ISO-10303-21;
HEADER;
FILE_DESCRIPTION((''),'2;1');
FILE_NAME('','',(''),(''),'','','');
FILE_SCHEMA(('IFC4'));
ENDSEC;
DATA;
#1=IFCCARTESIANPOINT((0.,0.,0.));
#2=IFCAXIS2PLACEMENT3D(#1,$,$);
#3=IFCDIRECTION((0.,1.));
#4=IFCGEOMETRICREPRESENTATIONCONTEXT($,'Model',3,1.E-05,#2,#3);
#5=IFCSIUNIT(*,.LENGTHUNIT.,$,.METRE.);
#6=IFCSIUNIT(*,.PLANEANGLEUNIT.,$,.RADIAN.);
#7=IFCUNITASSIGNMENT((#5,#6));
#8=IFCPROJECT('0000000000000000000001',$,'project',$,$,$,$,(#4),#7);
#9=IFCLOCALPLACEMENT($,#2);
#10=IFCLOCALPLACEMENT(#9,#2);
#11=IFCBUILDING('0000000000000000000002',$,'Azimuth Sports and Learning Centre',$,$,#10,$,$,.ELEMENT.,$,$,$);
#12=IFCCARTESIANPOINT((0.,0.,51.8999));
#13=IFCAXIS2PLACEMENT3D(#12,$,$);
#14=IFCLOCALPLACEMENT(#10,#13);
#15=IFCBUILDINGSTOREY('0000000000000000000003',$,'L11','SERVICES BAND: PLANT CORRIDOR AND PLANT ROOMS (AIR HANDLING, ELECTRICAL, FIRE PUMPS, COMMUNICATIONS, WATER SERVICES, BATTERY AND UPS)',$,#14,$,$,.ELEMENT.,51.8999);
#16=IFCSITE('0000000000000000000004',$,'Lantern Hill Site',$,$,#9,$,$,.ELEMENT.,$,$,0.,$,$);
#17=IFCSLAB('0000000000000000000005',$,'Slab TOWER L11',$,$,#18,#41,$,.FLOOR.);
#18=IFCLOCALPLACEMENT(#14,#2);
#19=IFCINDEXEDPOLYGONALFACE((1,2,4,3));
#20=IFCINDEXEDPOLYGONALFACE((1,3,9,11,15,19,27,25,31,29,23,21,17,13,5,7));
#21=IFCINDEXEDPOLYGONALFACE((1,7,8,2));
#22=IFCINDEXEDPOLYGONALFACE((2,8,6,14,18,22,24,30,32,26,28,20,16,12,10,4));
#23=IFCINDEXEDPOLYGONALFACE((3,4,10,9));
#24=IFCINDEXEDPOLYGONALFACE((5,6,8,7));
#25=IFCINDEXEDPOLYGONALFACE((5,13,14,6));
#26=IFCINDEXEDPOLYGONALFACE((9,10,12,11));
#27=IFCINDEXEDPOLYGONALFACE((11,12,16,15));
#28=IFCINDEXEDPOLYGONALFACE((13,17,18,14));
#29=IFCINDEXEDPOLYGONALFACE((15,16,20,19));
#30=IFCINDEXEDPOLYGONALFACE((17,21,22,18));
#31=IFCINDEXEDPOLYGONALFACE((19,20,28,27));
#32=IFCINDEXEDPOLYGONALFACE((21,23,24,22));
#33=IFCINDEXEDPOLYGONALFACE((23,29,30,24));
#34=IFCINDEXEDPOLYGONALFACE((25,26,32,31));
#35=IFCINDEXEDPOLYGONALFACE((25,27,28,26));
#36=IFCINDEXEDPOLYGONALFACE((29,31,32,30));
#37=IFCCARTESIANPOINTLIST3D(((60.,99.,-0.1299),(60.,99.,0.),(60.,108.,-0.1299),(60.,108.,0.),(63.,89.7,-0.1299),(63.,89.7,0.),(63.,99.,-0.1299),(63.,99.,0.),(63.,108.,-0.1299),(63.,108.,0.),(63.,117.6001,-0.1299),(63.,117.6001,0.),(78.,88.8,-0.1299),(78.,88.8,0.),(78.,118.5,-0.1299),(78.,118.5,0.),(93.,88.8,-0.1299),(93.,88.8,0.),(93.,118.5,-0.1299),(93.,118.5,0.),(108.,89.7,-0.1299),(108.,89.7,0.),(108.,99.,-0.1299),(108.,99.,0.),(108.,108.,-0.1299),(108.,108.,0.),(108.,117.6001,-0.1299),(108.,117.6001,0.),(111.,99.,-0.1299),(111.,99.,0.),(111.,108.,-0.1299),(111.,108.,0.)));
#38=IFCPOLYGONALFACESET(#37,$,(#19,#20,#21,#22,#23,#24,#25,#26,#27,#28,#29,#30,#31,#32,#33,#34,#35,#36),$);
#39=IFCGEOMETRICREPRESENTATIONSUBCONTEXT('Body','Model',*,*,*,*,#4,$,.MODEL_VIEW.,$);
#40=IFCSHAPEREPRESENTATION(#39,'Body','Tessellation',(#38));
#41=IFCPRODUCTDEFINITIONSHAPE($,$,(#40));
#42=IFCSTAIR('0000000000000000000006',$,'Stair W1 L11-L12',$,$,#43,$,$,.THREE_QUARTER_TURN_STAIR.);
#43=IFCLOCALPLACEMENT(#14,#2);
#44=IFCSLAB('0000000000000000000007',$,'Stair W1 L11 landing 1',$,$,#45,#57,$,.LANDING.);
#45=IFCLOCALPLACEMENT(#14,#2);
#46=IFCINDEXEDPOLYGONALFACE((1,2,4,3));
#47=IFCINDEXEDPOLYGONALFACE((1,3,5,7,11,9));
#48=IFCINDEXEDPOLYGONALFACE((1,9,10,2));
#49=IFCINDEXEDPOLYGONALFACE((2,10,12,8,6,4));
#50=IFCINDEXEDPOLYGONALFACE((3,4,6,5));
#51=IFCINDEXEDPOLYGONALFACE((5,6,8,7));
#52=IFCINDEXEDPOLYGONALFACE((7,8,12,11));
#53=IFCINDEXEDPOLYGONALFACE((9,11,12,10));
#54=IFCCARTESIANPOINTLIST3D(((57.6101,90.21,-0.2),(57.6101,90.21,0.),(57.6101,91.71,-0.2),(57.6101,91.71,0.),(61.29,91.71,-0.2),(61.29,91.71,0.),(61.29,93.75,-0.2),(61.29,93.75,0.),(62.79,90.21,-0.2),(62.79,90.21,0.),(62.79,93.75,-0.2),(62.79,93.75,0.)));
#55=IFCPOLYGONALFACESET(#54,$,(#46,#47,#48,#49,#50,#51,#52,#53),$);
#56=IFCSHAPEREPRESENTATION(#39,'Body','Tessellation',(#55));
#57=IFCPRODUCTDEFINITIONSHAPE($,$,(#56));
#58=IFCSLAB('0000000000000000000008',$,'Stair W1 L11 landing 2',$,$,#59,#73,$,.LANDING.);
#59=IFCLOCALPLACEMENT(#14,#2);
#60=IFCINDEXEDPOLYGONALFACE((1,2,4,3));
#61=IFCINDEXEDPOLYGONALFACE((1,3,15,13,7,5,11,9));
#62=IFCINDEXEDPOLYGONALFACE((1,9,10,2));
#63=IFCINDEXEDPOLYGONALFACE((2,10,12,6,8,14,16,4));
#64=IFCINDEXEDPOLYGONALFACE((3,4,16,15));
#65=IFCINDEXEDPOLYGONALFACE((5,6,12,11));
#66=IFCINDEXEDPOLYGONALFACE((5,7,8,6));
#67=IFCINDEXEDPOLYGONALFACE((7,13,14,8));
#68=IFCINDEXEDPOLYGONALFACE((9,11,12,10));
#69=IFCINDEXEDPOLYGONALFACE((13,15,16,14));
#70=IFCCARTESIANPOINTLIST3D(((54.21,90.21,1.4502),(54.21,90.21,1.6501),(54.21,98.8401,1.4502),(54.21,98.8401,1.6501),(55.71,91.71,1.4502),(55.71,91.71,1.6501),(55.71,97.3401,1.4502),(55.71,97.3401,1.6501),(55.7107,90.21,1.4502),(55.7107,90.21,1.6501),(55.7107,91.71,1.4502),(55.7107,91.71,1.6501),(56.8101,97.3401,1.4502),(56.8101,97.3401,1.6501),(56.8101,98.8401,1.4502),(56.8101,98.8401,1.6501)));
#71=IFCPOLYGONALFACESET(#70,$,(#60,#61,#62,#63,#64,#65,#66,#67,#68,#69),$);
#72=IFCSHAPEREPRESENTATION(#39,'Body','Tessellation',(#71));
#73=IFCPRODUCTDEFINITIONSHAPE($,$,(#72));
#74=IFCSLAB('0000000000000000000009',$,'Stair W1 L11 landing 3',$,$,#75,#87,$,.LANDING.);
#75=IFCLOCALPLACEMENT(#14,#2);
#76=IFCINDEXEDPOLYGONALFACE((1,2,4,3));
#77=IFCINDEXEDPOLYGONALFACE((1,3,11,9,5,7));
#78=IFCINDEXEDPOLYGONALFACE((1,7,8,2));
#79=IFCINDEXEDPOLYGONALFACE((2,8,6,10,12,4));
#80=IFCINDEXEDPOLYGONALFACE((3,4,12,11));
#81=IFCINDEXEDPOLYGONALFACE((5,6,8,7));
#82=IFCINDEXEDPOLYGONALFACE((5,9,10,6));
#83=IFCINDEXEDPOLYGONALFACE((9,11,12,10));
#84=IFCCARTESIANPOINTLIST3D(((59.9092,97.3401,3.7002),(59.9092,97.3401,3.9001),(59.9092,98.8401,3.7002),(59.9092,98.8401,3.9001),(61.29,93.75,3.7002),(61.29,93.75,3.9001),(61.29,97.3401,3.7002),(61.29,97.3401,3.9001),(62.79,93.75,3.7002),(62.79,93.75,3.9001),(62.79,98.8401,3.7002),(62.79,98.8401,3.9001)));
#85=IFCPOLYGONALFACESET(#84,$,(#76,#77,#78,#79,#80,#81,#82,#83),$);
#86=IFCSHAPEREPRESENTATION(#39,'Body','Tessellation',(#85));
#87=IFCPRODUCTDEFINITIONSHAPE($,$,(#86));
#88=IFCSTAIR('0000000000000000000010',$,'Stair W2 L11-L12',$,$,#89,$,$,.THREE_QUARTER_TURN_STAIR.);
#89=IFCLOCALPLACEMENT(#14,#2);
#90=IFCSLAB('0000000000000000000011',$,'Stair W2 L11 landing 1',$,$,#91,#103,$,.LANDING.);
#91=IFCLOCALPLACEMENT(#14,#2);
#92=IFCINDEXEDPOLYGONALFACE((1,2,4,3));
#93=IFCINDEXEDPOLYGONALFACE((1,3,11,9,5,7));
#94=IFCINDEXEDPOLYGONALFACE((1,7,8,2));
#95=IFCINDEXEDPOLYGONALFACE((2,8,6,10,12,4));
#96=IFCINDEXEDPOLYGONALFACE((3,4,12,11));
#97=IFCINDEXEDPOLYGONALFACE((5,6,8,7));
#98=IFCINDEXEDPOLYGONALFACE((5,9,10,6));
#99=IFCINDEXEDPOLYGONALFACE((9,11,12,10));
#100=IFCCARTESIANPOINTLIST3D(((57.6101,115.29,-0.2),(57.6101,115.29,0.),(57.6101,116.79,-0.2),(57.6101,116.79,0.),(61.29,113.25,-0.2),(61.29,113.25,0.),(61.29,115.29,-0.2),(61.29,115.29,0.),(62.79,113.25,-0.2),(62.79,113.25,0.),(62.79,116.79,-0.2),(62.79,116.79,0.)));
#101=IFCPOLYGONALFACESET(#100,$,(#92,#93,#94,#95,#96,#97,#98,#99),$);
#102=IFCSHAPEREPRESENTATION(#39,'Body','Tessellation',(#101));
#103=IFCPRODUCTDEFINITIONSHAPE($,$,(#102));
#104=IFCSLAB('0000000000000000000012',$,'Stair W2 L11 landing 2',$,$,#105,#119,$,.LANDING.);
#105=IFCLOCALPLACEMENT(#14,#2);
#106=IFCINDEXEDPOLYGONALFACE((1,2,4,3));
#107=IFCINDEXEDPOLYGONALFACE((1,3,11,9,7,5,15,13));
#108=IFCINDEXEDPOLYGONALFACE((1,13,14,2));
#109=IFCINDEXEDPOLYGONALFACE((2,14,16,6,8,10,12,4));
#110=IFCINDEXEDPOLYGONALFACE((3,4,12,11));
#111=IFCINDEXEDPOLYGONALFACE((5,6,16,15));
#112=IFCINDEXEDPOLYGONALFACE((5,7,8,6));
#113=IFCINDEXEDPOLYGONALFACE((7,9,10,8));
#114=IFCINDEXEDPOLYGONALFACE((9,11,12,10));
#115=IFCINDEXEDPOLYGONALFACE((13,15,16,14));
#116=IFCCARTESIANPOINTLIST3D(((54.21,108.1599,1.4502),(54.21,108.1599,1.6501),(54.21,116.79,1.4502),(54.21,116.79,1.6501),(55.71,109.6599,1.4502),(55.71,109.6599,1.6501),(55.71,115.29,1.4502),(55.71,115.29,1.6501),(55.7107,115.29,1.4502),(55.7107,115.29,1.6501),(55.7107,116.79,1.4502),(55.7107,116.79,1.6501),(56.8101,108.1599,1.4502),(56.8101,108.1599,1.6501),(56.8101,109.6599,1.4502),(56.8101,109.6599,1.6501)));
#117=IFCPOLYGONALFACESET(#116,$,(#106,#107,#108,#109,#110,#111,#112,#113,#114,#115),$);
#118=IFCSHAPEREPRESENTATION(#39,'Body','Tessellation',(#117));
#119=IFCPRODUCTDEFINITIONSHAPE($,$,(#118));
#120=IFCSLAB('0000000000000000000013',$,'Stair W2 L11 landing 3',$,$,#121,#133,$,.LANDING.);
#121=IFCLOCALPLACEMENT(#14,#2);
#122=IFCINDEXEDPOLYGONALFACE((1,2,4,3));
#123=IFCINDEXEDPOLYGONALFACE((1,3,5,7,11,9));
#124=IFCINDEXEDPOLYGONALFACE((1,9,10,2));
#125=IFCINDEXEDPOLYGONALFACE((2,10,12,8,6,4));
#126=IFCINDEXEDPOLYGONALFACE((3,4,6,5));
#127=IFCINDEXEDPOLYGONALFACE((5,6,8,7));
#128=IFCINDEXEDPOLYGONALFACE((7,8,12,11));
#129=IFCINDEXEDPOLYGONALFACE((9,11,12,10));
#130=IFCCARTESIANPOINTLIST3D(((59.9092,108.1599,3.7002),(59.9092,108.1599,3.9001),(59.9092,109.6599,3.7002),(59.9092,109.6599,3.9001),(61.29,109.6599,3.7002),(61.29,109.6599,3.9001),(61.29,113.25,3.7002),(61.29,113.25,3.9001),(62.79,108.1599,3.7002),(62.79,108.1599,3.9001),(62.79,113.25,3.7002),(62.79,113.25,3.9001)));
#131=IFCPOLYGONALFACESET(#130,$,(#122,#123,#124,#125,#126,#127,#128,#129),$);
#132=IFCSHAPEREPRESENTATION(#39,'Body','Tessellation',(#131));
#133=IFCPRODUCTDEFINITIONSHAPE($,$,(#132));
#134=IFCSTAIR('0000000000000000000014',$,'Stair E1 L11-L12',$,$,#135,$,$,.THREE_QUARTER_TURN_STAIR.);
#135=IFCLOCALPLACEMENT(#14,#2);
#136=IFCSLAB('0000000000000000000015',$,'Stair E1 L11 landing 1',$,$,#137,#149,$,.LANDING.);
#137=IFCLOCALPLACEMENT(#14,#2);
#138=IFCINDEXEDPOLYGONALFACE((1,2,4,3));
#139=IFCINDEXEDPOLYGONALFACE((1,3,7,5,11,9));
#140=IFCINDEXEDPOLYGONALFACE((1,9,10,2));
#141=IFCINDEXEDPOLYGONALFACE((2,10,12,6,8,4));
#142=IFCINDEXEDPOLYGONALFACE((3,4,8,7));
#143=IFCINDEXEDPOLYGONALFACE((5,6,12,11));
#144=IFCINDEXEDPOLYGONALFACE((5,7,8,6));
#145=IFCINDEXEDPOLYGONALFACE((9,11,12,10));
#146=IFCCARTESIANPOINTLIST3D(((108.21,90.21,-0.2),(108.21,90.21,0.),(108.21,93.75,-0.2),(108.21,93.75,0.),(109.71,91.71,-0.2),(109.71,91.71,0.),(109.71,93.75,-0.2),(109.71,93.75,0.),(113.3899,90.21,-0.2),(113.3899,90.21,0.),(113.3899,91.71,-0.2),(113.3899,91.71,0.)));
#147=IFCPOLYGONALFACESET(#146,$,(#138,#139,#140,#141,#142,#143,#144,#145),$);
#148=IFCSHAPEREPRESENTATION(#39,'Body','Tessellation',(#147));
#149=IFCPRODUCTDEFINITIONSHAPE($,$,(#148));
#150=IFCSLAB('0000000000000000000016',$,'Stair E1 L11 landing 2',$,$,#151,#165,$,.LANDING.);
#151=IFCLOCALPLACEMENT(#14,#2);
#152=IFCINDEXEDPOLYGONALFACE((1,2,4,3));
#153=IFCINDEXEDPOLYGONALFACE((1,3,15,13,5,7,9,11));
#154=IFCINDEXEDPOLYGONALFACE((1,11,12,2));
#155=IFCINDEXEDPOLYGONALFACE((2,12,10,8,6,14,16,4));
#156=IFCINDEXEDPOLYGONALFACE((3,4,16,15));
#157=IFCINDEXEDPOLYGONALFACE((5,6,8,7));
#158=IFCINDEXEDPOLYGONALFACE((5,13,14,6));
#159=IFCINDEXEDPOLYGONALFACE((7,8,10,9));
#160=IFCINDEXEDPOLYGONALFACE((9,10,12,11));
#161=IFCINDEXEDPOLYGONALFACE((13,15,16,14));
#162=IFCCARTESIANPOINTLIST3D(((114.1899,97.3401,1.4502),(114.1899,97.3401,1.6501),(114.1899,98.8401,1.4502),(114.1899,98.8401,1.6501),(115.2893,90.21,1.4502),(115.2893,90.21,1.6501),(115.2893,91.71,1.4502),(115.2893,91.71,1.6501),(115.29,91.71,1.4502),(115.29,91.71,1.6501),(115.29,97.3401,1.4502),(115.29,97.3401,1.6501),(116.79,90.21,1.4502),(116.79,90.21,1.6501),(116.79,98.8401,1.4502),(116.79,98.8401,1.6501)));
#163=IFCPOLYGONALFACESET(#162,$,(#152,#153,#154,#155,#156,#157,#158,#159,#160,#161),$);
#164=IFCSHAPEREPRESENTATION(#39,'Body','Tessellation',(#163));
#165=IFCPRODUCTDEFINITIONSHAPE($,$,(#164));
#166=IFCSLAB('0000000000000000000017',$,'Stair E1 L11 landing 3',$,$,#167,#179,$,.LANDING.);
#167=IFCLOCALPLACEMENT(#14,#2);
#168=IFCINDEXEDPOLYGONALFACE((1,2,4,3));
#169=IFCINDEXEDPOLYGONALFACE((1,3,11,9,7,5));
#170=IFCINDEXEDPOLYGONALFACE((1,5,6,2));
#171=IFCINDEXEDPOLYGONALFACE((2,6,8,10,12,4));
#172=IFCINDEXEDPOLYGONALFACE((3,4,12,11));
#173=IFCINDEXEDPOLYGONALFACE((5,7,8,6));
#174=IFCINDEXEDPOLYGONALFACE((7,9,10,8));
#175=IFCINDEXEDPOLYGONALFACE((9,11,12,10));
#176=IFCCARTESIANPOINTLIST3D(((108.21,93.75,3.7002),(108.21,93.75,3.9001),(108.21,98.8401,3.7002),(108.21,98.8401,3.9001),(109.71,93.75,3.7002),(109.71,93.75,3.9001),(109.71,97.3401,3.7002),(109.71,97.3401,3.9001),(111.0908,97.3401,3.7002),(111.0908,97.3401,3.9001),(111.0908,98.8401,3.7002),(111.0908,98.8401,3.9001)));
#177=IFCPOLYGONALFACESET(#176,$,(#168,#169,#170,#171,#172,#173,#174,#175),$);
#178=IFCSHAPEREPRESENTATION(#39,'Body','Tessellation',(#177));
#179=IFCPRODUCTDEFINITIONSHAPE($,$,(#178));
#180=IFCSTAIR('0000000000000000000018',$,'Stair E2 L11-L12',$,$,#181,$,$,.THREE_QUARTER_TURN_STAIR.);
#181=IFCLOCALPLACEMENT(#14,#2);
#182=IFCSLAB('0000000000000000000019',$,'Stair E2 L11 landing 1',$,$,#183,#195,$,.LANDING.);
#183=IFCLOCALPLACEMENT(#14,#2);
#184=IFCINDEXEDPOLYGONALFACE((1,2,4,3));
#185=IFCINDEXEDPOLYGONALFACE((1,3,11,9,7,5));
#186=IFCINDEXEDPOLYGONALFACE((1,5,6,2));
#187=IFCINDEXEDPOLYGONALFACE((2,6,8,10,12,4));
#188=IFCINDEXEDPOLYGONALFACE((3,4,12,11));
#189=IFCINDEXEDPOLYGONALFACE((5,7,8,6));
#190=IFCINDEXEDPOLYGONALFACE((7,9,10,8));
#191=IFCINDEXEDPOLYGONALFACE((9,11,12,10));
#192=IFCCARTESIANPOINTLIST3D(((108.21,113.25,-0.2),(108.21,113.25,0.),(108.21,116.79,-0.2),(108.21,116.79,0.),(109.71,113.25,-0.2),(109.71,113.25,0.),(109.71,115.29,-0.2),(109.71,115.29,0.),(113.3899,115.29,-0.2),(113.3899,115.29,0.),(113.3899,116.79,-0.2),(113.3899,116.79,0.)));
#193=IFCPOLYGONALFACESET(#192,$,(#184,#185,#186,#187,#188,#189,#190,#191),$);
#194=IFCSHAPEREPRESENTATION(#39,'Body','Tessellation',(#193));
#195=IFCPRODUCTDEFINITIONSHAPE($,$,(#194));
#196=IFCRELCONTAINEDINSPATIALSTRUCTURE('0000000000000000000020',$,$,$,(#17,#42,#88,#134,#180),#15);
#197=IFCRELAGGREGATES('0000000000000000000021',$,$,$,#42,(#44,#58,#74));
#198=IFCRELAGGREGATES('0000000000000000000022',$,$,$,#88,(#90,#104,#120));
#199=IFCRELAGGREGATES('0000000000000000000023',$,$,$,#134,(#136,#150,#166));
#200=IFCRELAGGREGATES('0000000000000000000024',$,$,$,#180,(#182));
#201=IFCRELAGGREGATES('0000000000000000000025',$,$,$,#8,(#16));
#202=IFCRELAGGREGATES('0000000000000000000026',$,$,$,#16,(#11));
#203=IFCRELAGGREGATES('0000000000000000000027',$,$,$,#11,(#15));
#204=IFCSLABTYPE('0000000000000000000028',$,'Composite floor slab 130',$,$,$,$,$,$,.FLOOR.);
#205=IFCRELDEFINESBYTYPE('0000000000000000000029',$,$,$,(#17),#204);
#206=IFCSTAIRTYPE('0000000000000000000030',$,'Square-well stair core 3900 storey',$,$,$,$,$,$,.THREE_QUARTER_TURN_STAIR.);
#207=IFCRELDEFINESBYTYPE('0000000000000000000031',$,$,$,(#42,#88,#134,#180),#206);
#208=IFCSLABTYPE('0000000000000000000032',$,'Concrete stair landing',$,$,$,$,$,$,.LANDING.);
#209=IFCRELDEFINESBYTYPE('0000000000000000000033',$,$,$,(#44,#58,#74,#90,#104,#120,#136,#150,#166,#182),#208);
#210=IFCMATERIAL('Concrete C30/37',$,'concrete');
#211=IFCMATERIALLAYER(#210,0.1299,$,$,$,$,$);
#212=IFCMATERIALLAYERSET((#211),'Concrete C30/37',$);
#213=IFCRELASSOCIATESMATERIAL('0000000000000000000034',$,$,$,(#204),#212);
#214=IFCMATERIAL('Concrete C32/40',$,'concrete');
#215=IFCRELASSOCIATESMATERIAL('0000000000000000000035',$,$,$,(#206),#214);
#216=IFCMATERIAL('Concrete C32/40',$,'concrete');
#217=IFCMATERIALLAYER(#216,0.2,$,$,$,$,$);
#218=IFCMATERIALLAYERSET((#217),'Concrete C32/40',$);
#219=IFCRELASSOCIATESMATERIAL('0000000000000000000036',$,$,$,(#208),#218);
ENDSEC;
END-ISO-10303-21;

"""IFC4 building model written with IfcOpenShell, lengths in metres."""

from ifc_helpers import new_model, si_unit, direction, frame, origin, place, context, subcontext, project, spatial, polyline, outline, extrude, material, layer, layer_set, type_object, element, aggregate, save


model = new_model("IFC4")

# Units and contexts
model_context = context("Model", 3, precision=1e-05, world=origin(), true_north=direction((0.0, 1.0)))
body_context = subcontext(model_context, "Body", "Model", "MODEL_VIEW")
ifc_project = project(units=[si_unit("LENGTHUNIT", "METRE"), si_unit("PLANEANGLEUNIT", "RADIAN")], contexts=[model_context])

# Site, building, storey
site_placement = place(None, origin())
site = spatial("IfcSite", under=ifc_project, at=site_placement, Name="Lantern Hill Site", CompositionType="ELEMENT", RefElevation=0.0)
building_placement = place(site_placement, origin())
building = spatial("IfcBuilding", under=site, at=building_placement, Name="Azimuth Sports and Learning Centre", CompositionType="ELEMENT")
storey_placement = place(building_placement, frame((0.0, 0.0, 51.8999)))
storey = spatial("IfcBuildingStorey", under=building, at=storey_placement, Name="L11", Description="SERVICES BAND: PLANT CORRIDOR AND PLANT ROOMS (AIR HANDLING, ELECTRICAL, FIRE PUMPS, COMMUNICATIONS, WATER SERVICES, BATTERY AND UPS)", CompositionType="ELEMENT", Elevation=51.8999)

# Slab
ifc_material_1 = material(Name="Concrete C30/37", Category="concrete")
ifc_layer_1 = layer(ifc_material_1, 0.1299)
ifc_layer_set_1 = layer_set([ifc_layer_1], Name="Concrete C30/37")
slab_type_1 = type_object("IfcSlabType", Name="Composite floor slab 130", PredefinedType="FLOOR", material=ifc_layer_set_1)
slab_1_placement = place(storey_placement, frame((0.0, 0.0, -0.1299)))
element("IfcSlab", 1, at=slab_1_placement, inside=storey, type_object=slab_type_1, Name="Slab TOWER L11", PredefinedType="FLOOR", context=body_context, shape_type="SweptSolid", body=[
    extrude(outline(polyline([(78.0, 88.8), (93.0, 88.8), (108.0, 89.7), (108.0, 99.0), (111.0, 99.0), (111.0, 108.0), (108.0, 108.0), (108.0, 117.6001), (93.0, 118.5), (78.0, 118.5), (63.0, 117.6001), (63.0, 108.0), (60.0, 108.0), (60.0, 99.0), (63.0, 99.0), (63.0, 89.7), (78.0, 88.8)])), origin(), (0.0, 0.0, 1.0), 0.1299),
])

# Stairs, slabs
ifc_material_2 = material(Name="Concrete C32/40", Category="concrete")
stair_type = type_object("IfcStairType", Name="Square-well stair core 3900 storey", PredefinedType="THREE_QUARTER_TURN_STAIR", material=ifc_material_2)
stair_1_placement = place(storey_placement, origin())
stair_1 = element("IfcStair", 2, at=stair_1_placement, inside=storey, type_object=stair_type, Name="Stair W1 L11-L12", PredefinedType="THREE_QUARTER_TURN_STAIR")
ifc_material_3 = material(Name="Concrete C32/40", Category="concrete")
ifc_layer_2 = layer(ifc_material_3, 0.2)
ifc_layer_set_2 = layer_set([ifc_layer_2], Name="Concrete C32/40")
slab_type_2 = type_object("IfcSlabType", Name="Concrete stair landing", PredefinedType="LANDING", material=ifc_layer_set_2)
slab_2_placement = place(storey_placement, frame((0.0, 0.0, -0.2)))
slab_2 = element("IfcSlab", 3, at=slab_2_placement, type_object=slab_type_2, Name="Stair W1 L11 landing 1", PredefinedType="LANDING", context=body_context, shape_type="SweptSolid", body=[
    extrude(outline(polyline([(62.79, 90.21), (62.79, 93.75), (61.29, 93.75), (61.29, 91.71), (57.6101, 91.71), (57.6101, 90.21), (62.79, 90.21)])), origin(), (0.0, 0.0, 1.0), 0.2),
])
slab_3_placement = place(storey_placement, frame((0.0, 0.0, 1.4502)))
slab_3 = element("IfcSlab", 4, at=slab_3_placement, type_object=slab_type_2, Name="Stair W1 L11 landing 2", PredefinedType="LANDING", context=body_context, shape_type="SweptSolid", body=[
    extrude(outline(polyline([(55.71, 91.71), (55.71, 97.3401), (56.8101, 97.3401), (56.8101, 98.8401), (54.21, 98.8401), (54.21, 90.21), (55.7107, 90.21), (55.7107, 91.71), (55.71, 91.71)])), origin(), (0.0, 0.0, 1.0), 0.2),
])
slab_4_placement = place(storey_placement, frame((0.0, 0.0, 3.7002)))
slab_4 = element("IfcSlab", 5, at=slab_4_placement, type_object=slab_type_2, Name="Stair W1 L11 landing 3", PredefinedType="LANDING", context=body_context, shape_type="SweptSolid", body=[
    extrude(outline(polyline([(61.29, 97.3401), (61.29, 93.75), (62.79, 93.75), (62.79, 98.8401), (59.9092, 98.8401), (59.9092, 97.3401), (61.29, 97.3401)])), origin(), (0.0, 0.0, 1.0), 0.2),
])
aggregate(stair_1, [slab_2, slab_3, slab_4])
stair_2_placement = place(storey_placement, origin())
stair_2 = element("IfcStair", 6, at=stair_2_placement, inside=storey, type_object=stair_type, Name="Stair W2 L11-L12", PredefinedType="THREE_QUARTER_TURN_STAIR")
slab_5_placement = place(storey_placement, frame((0.0, 0.0, -0.2)))
slab_5 = element("IfcSlab", 7, at=slab_5_placement, type_object=slab_type_2, Name="Stair W2 L11 landing 1", PredefinedType="LANDING", context=body_context, shape_type="SweptSolid", body=[
    extrude(outline(polyline([(57.6101, 115.29), (61.29, 115.29), (61.29, 113.25), (62.79, 113.25), (62.79, 116.79), (57.6101, 116.79), (57.6101, 115.29)])), origin(), (0.0, 0.0, 1.0), 0.2),
])
slab_6_placement = place(storey_placement, frame((0.0, 0.0, 1.4502)))
slab_6 = element("IfcSlab", 8, at=slab_6_placement, type_object=slab_type_2, Name="Stair W2 L11 landing 2", PredefinedType="LANDING", context=body_context, shape_type="SweptSolid", body=[
    extrude(outline(polyline([(55.71, 115.29), (55.7107, 115.29), (55.7107, 116.79), (54.21, 116.79), (54.21, 108.1599), (56.8101, 108.1599), (56.8101, 109.6599), (55.71, 109.6599), (55.71, 115.29)])), origin(), (0.0, 0.0, 1.0), 0.2),
])
slab_7_placement = place(storey_placement, frame((0.0, 0.0, 3.7002)))
slab_7 = element("IfcSlab", 9, at=slab_7_placement, type_object=slab_type_2, Name="Stair W2 L11 landing 3", PredefinedType="LANDING", context=body_context, shape_type="SweptSolid", body=[
    extrude(outline(polyline([(61.29, 109.6599), (59.9092, 109.6599), (59.9092, 108.1599), (62.79, 108.1599), (62.79, 113.25), (61.29, 113.25), (61.29, 109.6599)])), origin(), (0.0, 0.0, 1.0), 0.2),
])
aggregate(stair_2, [slab_5, slab_6, slab_7])
stair_3_placement = place(storey_placement, origin())
stair_3 = element("IfcStair", 10, at=stair_3_placement, inside=storey, type_object=stair_type, Name="Stair E1 L11-L12", PredefinedType="THREE_QUARTER_TURN_STAIR")
slab_8_placement = place(storey_placement, frame((0.0, 0.0, -0.2)))
slab_8 = element("IfcSlab", 11, at=slab_8_placement, type_object=slab_type_2, Name="Stair E1 L11 landing 1", PredefinedType="LANDING", context=body_context, shape_type="SweptSolid", body=[
    extrude(outline(polyline([(113.3899, 91.71), (109.71, 91.71), (109.71, 93.75), (108.21, 93.75), (108.21, 90.21), (113.3899, 90.21), (113.3899, 91.71)])), origin(), (0.0, 0.0, 1.0), 0.2),
])
slab_9_placement = place(storey_placement, frame((0.0, 0.0, 1.4502)))
slab_9 = element("IfcSlab", 12, at=slab_9_placement, type_object=slab_type_2, Name="Stair E1 L11 landing 2", PredefinedType="LANDING", context=body_context, shape_type="SweptSolid", body=[
    extrude(outline(polyline([(115.29, 91.71), (115.2893, 91.71), (115.2893, 90.21), (116.79, 90.21), (116.79, 98.8401), (114.1899, 98.8401), (114.1899, 97.3401), (115.29, 97.3401), (115.29, 91.71)])), origin(), (0.0, 0.0, 1.0), 0.2),
])
slab_10_placement = place(storey_placement, frame((0.0, 0.0, 3.7002)))
slab_10 = element("IfcSlab", 13, at=slab_10_placement, type_object=slab_type_2, Name="Stair E1 L11 landing 3", PredefinedType="LANDING", context=body_context, shape_type="SweptSolid", body=[
    extrude(outline(polyline([(109.71, 97.3401), (111.0908, 97.3401), (111.0908, 98.8401), (108.21, 98.8401), (108.21, 93.75), (109.71, 93.75), (109.71, 97.3401)])), origin(), (0.0, 0.0, 1.0), 0.2),
])
aggregate(stair_3, [slab_8, slab_9, slab_10])

# Stair, slab
stair_4_placement = place(storey_placement, origin())
stair_4 = element("IfcStair", 14, at=stair_4_placement, inside=storey, type_object=stair_type, Name="Stair E2 L11-L12", PredefinedType="THREE_QUARTER_TURN_STAIR")
slab_11_placement = place(storey_placement, frame((0.0, 0.0, -0.2)))
slab_11 = element("IfcSlab", 15, at=slab_11_placement, type_object=slab_type_2, Name="Stair E2 L11 landing 1", PredefinedType="LANDING", context=body_context, shape_type="SweptSolid", body=[
    extrude(outline(polyline([(108.21, 116.79), (108.21, 113.25), (109.71, 113.25), (109.71, 115.29), (113.3899, 115.29), (113.3899, 116.79), (108.21, 116.79)])), origin(), (0.0, 0.0, 1.0), 0.2),
])
aggregate(stair_4, [slab_11])

save(model, "model.ifc")
